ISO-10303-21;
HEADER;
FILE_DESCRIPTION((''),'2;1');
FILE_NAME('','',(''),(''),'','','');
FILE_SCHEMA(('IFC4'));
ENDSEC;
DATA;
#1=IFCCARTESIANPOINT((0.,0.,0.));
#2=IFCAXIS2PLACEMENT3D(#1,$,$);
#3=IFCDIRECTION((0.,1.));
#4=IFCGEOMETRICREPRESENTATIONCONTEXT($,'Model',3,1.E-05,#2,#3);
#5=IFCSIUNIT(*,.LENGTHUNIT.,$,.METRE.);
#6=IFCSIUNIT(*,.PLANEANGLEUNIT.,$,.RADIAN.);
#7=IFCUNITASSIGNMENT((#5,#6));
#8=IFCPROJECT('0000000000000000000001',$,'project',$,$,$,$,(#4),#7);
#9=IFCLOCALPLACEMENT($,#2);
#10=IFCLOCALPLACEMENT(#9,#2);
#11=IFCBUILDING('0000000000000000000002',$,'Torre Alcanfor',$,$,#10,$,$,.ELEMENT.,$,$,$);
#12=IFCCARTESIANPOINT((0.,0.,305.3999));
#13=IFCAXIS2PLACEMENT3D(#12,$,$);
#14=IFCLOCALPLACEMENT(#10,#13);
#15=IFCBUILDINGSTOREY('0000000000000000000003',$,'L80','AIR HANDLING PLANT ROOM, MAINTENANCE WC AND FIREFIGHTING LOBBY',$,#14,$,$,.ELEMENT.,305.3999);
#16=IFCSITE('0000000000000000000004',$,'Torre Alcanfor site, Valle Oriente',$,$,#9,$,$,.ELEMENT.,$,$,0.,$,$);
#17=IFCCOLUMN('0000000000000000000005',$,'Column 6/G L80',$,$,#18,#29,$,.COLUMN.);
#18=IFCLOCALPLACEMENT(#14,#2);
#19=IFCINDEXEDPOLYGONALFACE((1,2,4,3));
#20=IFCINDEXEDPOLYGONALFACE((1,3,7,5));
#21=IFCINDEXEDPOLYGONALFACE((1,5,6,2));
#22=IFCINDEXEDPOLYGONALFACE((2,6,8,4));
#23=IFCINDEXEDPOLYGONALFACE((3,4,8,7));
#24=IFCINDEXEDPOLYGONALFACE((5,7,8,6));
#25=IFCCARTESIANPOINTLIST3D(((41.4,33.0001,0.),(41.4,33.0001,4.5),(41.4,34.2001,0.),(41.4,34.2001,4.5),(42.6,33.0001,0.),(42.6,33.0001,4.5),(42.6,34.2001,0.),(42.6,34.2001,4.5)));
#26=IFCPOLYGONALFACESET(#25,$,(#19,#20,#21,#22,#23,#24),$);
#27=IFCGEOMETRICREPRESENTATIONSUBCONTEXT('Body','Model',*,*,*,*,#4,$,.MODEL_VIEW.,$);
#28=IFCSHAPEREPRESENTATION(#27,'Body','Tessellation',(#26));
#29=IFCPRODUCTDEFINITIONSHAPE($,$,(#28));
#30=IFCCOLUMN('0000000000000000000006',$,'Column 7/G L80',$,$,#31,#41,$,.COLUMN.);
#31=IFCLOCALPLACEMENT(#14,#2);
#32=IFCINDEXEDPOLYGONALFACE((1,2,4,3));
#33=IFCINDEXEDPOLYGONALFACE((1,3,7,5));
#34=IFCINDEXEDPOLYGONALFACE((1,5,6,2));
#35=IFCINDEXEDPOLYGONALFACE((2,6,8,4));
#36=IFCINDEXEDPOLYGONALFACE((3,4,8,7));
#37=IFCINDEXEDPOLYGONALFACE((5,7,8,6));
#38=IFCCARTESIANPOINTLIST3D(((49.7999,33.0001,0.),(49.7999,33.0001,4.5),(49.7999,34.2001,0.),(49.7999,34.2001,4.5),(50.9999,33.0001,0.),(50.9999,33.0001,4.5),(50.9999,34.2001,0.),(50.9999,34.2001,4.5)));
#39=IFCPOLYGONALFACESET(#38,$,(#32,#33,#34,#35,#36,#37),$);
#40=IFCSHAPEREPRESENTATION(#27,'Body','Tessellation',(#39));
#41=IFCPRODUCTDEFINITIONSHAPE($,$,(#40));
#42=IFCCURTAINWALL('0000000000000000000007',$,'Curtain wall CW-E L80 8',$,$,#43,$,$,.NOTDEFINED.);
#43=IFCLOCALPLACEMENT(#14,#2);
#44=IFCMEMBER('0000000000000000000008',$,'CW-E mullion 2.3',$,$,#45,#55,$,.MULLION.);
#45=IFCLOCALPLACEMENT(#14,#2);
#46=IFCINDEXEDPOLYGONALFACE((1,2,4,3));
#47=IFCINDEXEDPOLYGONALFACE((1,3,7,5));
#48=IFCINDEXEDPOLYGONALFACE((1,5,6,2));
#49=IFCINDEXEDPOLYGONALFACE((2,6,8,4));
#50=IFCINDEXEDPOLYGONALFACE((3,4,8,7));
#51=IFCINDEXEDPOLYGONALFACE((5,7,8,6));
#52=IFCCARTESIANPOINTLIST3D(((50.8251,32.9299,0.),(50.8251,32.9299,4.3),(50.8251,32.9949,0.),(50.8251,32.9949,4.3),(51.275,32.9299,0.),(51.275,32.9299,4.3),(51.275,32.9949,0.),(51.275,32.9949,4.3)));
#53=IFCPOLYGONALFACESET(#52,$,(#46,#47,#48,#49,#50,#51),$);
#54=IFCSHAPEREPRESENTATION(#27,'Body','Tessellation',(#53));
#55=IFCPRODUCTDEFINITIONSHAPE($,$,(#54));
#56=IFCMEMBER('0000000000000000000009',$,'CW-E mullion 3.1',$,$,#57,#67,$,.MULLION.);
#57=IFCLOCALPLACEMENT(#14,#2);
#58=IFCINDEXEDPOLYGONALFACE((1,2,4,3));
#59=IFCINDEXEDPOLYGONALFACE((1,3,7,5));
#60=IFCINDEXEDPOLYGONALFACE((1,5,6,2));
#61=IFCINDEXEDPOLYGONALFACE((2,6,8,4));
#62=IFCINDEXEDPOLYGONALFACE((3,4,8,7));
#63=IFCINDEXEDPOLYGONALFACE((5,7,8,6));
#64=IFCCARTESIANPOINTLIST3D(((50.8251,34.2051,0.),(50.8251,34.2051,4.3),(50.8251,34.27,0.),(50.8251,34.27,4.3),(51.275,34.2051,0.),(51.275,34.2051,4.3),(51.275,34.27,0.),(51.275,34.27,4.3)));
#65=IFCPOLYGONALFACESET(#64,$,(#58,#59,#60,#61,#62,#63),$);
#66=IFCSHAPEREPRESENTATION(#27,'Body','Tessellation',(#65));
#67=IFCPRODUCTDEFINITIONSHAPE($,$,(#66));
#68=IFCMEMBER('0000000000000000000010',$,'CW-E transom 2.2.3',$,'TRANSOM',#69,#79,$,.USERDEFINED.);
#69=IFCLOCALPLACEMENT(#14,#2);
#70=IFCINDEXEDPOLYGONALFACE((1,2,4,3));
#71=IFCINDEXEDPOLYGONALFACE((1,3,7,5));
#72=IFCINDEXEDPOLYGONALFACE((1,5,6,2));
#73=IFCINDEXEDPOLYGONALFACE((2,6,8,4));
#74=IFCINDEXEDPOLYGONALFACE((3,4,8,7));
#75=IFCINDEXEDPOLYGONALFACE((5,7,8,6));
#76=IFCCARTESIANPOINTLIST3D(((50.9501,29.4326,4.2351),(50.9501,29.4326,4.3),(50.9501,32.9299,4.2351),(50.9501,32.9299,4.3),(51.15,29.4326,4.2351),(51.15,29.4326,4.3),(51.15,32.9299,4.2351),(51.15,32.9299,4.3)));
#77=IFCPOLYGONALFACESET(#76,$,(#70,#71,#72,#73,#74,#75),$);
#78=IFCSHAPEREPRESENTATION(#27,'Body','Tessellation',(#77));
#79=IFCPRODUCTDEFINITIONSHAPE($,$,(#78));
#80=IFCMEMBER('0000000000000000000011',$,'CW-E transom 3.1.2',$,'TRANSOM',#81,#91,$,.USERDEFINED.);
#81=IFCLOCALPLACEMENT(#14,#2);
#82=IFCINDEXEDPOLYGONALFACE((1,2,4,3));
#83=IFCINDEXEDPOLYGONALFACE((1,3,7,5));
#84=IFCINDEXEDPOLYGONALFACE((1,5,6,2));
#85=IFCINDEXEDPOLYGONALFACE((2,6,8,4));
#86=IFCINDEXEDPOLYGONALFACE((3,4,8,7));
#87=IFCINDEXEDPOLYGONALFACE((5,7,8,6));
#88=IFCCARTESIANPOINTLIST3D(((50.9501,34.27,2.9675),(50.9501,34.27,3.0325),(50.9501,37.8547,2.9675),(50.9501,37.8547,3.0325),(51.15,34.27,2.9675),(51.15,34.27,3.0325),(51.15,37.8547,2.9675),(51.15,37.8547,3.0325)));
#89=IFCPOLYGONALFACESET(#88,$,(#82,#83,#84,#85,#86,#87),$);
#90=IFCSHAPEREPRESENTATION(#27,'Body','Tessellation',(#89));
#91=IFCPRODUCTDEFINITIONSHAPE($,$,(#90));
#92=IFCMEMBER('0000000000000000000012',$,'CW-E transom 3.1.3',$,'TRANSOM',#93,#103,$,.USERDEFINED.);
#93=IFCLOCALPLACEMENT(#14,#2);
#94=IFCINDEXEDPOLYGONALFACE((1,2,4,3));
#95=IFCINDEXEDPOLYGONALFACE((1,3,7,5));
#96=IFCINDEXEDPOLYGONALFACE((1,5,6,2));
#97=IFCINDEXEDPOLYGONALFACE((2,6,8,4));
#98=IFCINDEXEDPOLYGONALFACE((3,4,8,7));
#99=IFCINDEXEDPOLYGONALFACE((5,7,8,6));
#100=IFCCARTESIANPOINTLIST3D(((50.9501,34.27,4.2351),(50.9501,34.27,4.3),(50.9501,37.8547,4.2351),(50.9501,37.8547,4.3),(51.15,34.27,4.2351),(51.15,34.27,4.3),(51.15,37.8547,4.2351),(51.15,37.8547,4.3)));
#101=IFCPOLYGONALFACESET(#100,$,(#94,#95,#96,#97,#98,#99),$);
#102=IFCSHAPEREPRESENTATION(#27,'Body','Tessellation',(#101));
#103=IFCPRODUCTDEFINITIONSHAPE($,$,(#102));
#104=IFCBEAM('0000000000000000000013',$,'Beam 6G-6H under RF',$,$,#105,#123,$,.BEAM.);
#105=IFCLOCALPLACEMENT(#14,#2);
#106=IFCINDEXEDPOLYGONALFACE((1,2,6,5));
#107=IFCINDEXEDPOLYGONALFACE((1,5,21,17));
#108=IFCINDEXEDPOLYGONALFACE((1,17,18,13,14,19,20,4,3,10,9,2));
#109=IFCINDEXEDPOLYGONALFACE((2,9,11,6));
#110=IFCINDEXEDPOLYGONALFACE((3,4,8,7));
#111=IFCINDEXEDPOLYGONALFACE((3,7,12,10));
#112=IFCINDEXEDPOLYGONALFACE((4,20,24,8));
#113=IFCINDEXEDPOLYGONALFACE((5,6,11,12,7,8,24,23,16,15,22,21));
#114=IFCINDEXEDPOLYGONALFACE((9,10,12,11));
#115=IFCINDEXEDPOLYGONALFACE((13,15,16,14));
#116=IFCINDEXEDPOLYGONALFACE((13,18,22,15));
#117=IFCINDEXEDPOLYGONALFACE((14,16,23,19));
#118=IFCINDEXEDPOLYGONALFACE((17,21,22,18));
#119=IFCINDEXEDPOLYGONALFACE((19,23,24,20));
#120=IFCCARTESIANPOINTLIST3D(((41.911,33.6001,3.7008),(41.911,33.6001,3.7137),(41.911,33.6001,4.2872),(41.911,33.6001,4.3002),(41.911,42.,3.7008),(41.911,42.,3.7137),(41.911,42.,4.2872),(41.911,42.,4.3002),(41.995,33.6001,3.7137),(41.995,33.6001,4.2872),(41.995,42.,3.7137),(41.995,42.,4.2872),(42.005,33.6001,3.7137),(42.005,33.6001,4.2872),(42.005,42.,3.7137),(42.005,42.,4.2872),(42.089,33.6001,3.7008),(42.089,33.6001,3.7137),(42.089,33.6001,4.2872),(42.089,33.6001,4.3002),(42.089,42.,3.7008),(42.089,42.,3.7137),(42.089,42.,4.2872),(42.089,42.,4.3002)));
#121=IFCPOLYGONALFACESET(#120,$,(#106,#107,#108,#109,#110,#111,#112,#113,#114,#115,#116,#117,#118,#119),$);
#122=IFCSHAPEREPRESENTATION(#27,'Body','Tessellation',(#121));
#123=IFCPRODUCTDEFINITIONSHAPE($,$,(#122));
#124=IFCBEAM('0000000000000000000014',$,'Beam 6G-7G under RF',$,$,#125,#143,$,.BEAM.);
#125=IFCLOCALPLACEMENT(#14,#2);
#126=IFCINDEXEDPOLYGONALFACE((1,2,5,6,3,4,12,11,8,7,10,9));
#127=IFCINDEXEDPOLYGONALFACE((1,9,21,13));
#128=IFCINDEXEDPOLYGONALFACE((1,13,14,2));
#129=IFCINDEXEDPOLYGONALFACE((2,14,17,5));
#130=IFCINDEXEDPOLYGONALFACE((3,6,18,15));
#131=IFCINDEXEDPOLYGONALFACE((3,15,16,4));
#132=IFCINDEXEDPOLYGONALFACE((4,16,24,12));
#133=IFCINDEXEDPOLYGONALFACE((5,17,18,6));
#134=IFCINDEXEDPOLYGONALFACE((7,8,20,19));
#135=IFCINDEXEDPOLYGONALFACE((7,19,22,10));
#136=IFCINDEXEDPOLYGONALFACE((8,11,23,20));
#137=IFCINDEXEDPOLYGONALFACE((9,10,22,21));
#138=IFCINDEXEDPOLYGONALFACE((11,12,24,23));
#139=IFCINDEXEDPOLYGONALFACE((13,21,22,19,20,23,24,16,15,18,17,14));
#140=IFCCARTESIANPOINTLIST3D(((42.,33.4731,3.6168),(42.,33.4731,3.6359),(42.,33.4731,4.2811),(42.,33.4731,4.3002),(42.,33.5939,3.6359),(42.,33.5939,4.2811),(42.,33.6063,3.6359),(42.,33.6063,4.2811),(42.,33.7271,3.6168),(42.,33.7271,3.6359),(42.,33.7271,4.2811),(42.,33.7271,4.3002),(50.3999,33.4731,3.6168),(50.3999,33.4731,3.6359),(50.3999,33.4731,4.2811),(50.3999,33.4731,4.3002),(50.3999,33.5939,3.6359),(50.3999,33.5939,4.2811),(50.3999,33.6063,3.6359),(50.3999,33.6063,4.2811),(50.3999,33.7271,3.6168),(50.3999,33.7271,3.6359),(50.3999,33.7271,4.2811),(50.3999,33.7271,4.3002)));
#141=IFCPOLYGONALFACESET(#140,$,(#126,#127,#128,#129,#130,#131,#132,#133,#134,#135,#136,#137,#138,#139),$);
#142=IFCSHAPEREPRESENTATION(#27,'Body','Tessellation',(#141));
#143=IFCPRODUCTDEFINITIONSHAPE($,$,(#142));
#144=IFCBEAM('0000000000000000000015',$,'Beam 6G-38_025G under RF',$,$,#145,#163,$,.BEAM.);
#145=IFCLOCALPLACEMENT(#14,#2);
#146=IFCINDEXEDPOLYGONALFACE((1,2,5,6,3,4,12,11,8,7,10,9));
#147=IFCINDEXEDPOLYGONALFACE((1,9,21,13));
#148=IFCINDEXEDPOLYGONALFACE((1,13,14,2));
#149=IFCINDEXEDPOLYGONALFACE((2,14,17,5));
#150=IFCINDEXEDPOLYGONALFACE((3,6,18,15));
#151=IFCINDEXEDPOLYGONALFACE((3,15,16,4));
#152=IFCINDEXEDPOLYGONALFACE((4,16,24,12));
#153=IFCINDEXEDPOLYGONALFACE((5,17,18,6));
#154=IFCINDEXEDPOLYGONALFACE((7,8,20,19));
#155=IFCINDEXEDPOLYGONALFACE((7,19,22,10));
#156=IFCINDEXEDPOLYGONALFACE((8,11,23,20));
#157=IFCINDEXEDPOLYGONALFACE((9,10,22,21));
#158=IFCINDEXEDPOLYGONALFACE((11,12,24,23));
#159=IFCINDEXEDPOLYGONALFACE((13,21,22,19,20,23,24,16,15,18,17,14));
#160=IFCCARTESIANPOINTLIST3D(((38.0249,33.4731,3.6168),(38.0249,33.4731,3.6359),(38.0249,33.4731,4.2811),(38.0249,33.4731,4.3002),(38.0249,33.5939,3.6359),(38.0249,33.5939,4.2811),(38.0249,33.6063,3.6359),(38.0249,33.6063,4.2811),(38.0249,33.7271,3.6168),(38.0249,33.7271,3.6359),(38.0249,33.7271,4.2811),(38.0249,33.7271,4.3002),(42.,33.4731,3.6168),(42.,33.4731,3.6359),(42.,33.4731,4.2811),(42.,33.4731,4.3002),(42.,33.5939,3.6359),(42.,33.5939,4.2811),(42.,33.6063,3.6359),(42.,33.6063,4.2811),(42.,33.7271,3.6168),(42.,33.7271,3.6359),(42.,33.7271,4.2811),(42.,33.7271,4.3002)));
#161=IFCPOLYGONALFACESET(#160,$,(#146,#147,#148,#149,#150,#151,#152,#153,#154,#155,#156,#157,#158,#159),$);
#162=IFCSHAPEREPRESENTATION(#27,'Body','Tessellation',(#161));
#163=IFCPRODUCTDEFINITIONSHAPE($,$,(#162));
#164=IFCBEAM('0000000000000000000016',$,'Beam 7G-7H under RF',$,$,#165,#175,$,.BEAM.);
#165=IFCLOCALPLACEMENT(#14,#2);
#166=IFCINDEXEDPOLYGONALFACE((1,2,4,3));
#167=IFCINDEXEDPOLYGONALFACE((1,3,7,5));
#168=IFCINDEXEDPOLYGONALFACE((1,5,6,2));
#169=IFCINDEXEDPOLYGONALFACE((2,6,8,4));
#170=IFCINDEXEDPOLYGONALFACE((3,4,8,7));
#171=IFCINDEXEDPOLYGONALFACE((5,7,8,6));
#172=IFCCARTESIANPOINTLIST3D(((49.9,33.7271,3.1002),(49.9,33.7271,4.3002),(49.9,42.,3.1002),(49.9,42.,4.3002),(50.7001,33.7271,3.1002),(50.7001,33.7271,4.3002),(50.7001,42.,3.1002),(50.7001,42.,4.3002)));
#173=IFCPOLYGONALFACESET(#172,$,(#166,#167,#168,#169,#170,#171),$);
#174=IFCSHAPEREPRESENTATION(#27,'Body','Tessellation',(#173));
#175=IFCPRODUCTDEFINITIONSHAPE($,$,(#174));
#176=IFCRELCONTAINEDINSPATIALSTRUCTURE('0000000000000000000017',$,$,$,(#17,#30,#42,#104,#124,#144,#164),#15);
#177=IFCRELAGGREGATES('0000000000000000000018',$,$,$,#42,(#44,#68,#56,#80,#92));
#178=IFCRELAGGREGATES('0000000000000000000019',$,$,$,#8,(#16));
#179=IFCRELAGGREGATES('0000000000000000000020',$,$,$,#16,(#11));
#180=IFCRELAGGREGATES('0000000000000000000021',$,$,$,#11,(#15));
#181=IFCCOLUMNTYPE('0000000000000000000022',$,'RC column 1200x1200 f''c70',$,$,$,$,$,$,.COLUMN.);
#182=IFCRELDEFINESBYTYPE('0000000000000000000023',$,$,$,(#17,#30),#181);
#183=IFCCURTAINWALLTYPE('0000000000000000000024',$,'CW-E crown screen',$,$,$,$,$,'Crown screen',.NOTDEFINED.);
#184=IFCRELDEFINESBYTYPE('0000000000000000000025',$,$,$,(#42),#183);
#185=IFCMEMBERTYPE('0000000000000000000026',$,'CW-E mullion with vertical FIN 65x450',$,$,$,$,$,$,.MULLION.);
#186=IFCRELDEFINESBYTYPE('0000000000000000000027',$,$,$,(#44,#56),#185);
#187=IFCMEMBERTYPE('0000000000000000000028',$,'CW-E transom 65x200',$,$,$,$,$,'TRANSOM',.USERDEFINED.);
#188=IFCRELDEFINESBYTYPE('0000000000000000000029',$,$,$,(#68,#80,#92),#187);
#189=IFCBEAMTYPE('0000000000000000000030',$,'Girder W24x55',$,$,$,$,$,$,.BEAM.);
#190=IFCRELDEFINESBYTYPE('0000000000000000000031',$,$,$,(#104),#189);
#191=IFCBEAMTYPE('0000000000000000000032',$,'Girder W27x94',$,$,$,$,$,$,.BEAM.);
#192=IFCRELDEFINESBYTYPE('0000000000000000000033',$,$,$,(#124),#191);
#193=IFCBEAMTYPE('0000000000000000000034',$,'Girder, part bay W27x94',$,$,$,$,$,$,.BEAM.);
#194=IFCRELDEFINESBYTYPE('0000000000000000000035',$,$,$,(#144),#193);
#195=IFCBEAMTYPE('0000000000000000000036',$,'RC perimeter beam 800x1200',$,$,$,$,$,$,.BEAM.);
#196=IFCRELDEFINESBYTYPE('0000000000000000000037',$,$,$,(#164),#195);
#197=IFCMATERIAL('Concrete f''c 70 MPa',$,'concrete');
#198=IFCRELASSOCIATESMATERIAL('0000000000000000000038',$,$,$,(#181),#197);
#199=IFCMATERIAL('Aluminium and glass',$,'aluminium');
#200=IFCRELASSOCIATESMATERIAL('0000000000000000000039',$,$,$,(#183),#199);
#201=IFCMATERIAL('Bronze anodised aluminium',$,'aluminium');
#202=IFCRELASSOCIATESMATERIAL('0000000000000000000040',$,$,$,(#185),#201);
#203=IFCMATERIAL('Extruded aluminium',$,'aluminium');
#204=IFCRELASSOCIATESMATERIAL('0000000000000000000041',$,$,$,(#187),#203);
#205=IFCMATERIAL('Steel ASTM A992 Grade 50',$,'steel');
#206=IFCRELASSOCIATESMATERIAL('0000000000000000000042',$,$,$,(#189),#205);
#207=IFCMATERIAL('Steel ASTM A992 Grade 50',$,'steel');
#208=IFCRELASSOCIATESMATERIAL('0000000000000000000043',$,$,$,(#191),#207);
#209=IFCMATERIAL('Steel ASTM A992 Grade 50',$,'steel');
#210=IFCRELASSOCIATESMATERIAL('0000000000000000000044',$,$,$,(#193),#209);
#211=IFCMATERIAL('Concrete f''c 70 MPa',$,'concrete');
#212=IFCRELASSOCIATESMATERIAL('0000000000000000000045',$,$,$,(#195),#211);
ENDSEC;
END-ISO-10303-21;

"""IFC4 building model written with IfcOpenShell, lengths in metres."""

from ifc_helpers import new_model, si_unit, direction, frame, origin, origin_2d, place, context, subcontext, project, spatial, rectangle, i_section, extrude, material, material_profile, profile_set, type_object, element, aggregate, save


model = new_model("IFC4")

# Units and contexts
model_context = context("Model", 3, precision=1e-05, world=origin(), true_north=direction((0.0, 1.0)))
body_context = subcontext(model_context, "Body", "Model", "MODEL_VIEW")
ifc_project = project(units=[si_unit("LENGTHUNIT", "METRE"), si_unit("PLANEANGLEUNIT", "RADIAN")], contexts=[model_context])

# Site, building, storey
site_placement = place(None, origin())
site = spatial("IfcSite", under=ifc_project, at=site_placement, Name="Torre Alcanfor site, Valle Oriente", CompositionType="ELEMENT", RefElevation=0.0)
building_placement = place(site_placement, origin())
building = spatial("IfcBuilding", under=site, at=building_placement, Name="Torre Alcanfor", CompositionType="ELEMENT")
storey_placement = place(building_placement, frame((0.0, 0.0, 305.3999)))
storey = spatial("IfcBuildingStorey", under=building, at=storey_placement, Name="L80", Description="AIR HANDLING PLANT ROOM, MAINTENANCE WC AND FIREFIGHTING LOBBY", CompositionType="ELEMENT", Elevation=305.3999)

# Columns
ifc_material_1 = material(Name="Concrete f'c 70 MPa", Category="concrete")
ifc_material_profile_1 = material_profile(ifc_material_1, rectangle(XDim=1.2, YDim=1.2, at=origin_2d()), Name="1200x1200")
ifc_profile_set_1 = profile_set([ifc_material_profile_1], Name="Concrete f'c 70 MPa")
column_type = type_object("IfcColumnType", Name="RC column 1200x1200 f'c70", PredefinedType="COLUMN", material=ifc_profile_set_1)
for number, where, z_axis, x_axis, name in (
    (1, (42.0, 33.6001, 0.0), (0.0, 0.0, 1.0), (1.0, 0.0, 0.0), "Column 6/G L80"),
    (2, (50.3999, 33.6001, 0.0), (0.0, 0.0, 1.0), (1.0, 0.0, 0.0), "Column 7/G L80"),
):
    element("IfcColumn", number, at=place(storey_placement, frame(where, z_axis=z_axis, x_axis=x_axis)), inside=storey, type_object=column_type, Name=name, PredefinedType="COLUMN", context=body_context, shape_type="SweptSolid", body=[
        extrude(rectangle(XDim=1.2, YDim=1.2, at=origin_2d()), origin(), (0.0, 0.0, 1.0), 4.5),
    ])

# Curtain wall, members
ifc_material_2 = material(Name="Aluminium and glass", Category="aluminium")
curtain_wall_type = type_object("IfcCurtainWallType", Name="CW-E crown screen", ElementType="Crown screen", PredefinedType="NOTDEFINED", material=ifc_material_2)
curtain_wall_placement = place(storey_placement, origin())
curtain_wall = element("IfcCurtainWall", 3, at=curtain_wall_placement, inside=storey, type_object=curtain_wall_type, Name="Curtain wall CW-E L80 8", PredefinedType="NOTDEFINED")
ifc_material_3 = material(Name="Bronze anodised aluminium", Category="aluminium")
ifc_material_profile_2 = material_profile(ifc_material_3, rectangle(XDim=0.45, YDim=0.0649, at=origin_2d()), Name="CW-E mullion 65x450")
ifc_profile_set_2 = profile_set([ifc_material_profile_2], Name="Bronze anodised aluminium")
member_type_1 = type_object("IfcMemberType", Name="CW-E mullion with vertical FIN 65x450", PredefinedType="MULLION", material=ifc_profile_set_2)
member_1_placement = place(storey_placement, frame((51.05, 32.9624, 0.0), z_axis=(0.0, 0.0, 1.0), x_axis=(-1.0, 0.0, 0.0)))
member_1 = element("IfcMember", 4, at=member_1_placement, type_object=member_type_1, Name="CW-E mullion 2.3", PredefinedType="MULLION", context=body_context, shape_type="SweptSolid", body=[
    extrude(rectangle(XDim=0.45, YDim=0.0649, at=origin_2d()), origin(), (0.0, 0.0, 1.0), 4.3),
])
member_2_placement = place(storey_placement, frame((51.05, 34.2375, 0.0), z_axis=(0.0, 0.0, 1.0), x_axis=(-1.0, 0.0, 0.0)))
member_2 = element("IfcMember", 5, at=member_2_placement, type_object=member_type_1, Name="CW-E mullion 3.1", PredefinedType="MULLION", context=body_context, shape_type="SweptSolid", body=[
    extrude(rectangle(XDim=0.45, YDim=0.0649, at=origin_2d()), origin(), (0.0, 0.0, 1.0), 4.3),
])
ifc_material_4 = material(Name="Extruded aluminium", Category="aluminium")
ifc_material_profile_3 = material_profile(ifc_material_4, rectangle(XDim=0.2, YDim=0.0649, at=origin_2d()), Name="CW-E transom 200x65")
ifc_profile_set_3 = profile_set([ifc_material_profile_3], Name="Extruded aluminium")
member_type_2 = type_object("IfcMemberType", Name="CW-E transom 65x200", ElementType="TRANSOM", PredefinedType="USERDEFINED", material=ifc_profile_set_3)
member_3_placement = place(storey_placement, frame((51.05, 29.4326, 4.2676), z_axis=(0.0, 1.0, 0.0), x_axis=(-1.0, 0.0, 0.0)))
member_3 = element("IfcMember", 6, at=member_3_placement, type_object=member_type_2, Name="CW-E transom 2.2.3", ObjectType="TRANSOM", PredefinedType="USERDEFINED", context=body_context, shape_type="SweptSolid", body=[
    extrude(rectangle(XDim=0.2, YDim=0.0649, at=origin_2d()), origin(), (0.0, 0.0, 1.0), 3.4973),
])
member_4_placement = place(storey_placement, frame((51.05, 34.27, 3.0), z_axis=(0.0, 1.0, 0.0), x_axis=(-1.0, 0.0, 0.0)))
member_4 = element("IfcMember", 7, at=member_4_placement, type_object=member_type_2, Name="CW-E transom 3.1.2", ObjectType="TRANSOM", PredefinedType="USERDEFINED", context=body_context, shape_type="SweptSolid", body=[
    extrude(rectangle(XDim=0.2, YDim=0.0649, at=origin_2d()), origin(), (0.0, 0.0, 1.0), 3.5847),
])
member_5_placement = place(storey_placement, frame((51.05, 34.27, 4.2676), z_axis=(0.0, 1.0, 0.0), x_axis=(-1.0, 0.0, 0.0)))
member_5 = element("IfcMember", 8, at=member_5_placement, type_object=member_type_2, Name="CW-E transom 3.1.3", ObjectType="TRANSOM", PredefinedType="USERDEFINED", context=body_context, shape_type="SweptSolid", body=[
    extrude(rectangle(XDim=0.2, YDim=0.0649, at=origin_2d()), origin(), (0.0, 0.0, 1.0), 3.5847),
])

# Beams
ifc_material_5 = material(Name="Steel ASTM A992 Grade 50", Category="steel")
ifc_material_profile_4 = material_profile(ifc_material_5, i_section(OverallWidth=0.178, OverallDepth=0.5994, WebThickness=0.01, FlangeThickness=0.0129, at=origin_2d()), Name="W24x55")
ifc_profile_set_4 = profile_set([ifc_material_profile_4], Name="Steel ASTM A992 Grade 50")
beam_type_1 = type_object("IfcBeamType", Name="Girder W24x55", PredefinedType="BEAM", material=ifc_profile_set_4)
beam_1_placement = place(storey_placement, frame((42.0, 33.6001, 4.0005), z_axis=(0.0, 1.0, 0.0), x_axis=(-1.0, 0.0, 0.0)))
element("IfcBeam", 9, at=beam_1_placement, inside=storey, type_object=beam_type_1, Name="Beam 6G-6H under RF", PredefinedType="BEAM", context=body_context, shape_type="SweptSolid", body=[
    extrude(i_section(OverallWidth=0.178, OverallDepth=0.5994, WebThickness=0.01, FlangeThickness=0.0129, at=origin_2d()), origin(), (0.0, 0.0, 1.0), 8.3999),
])
ifc_material_6 = material(Name="Steel ASTM A992 Grade 50", Category="steel")
ifc_material_profile_5 = material_profile(ifc_material_6, i_section(OverallWidth=0.2539, OverallDepth=0.6833, WebThickness=0.0125, FlangeThickness=0.019, at=origin_2d()), Name="W27x94")
ifc_profile_set_5 = profile_set([ifc_material_profile_5], Name="Steel ASTM A992 Grade 50")
beam_type_2 = type_object("IfcBeamType", Name="Girder W27x94", PredefinedType="BEAM", material=ifc_profile_set_5)
beam_2_placement = place(storey_placement, frame((42.0, 33.6001, 3.9585), z_axis=(1.0, 0.0, 0.0), x_axis=(0.0, 1.0, 0.0)))
element("IfcBeam", 10, at=beam_2_placement, inside=storey, type_object=beam_type_2, Name="Beam 6G-7G under RF", PredefinedType="BEAM", context=body_context, shape_type="SweptSolid", body=[
    extrude(i_section(OverallWidth=0.2539, OverallDepth=0.6833, WebThickness=0.0125, FlangeThickness=0.019, at=origin_2d()), origin(), (0.0, 0.0, 1.0), 8.3999),
])
ifc_material_7 = material(Name="Steel ASTM A992 Grade 50", Category="steel")
ifc_material_profile_6 = material_profile(ifc_material_7, i_section(OverallWidth=0.2539, OverallDepth=0.6833, WebThickness=0.0125, FlangeThickness=0.019, at=origin_2d()), Name="W27x94")
ifc_profile_set_6 = profile_set([ifc_material_profile_6], Name="Steel ASTM A992 Grade 50")
beam_type_3 = type_object("IfcBeamType", Name="Girder, part bay W27x94", PredefinedType="BEAM", material=ifc_profile_set_6)
beam_3_placement = place(storey_placement, frame((42.0, 33.6001, 3.9585), z_axis=(-1.0, 0.0, 0.0), x_axis=(0.0, -1.0, 0.0)))
element("IfcBeam", 11, at=beam_3_placement, inside=storey, type_object=beam_type_3, Name="Beam 6G-38_025G under RF", PredefinedType="BEAM", context=body_context, shape_type="SweptSolid", body=[
    extrude(i_section(OverallWidth=0.2539, OverallDepth=0.6833, WebThickness=0.0125, FlangeThickness=0.019, at=origin_2d()), origin(), (0.0, 0.0, 1.0), 3.9751),
])
ifc_material_8 = material(Name="Concrete f'c 70 MPa", Category="concrete")
ifc_material_profile_7 = material_profile(ifc_material_8, rectangle(XDim=0.8, YDim=1.2, at=origin_2d()), Name="800x1200")
ifc_profile_set_7 = profile_set([ifc_material_profile_7], Name="Concrete f'c 70 MPa")
beam_type_4 = type_object("IfcBeamType", Name="RC perimeter beam 800x1200", PredefinedType="BEAM", material=ifc_profile_set_7)
beam_4_placement = place(storey_placement, frame((50.3, 33.7271, 3.7002), z_axis=(0.0, 1.0, 0.0), x_axis=(-1.0, 0.0, 0.0)))
element("IfcBeam", 12, at=beam_4_placement, inside=storey, type_object=beam_type_4, Name="Beam 7G-7H under RF", PredefinedType="BEAM", context=body_context, shape_type="SweptSolid", body=[
    extrude(rectangle(XDim=0.8, YDim=1.2, at=origin_2d()), origin(), (0.0, 0.0, 1.0), 8.2729),
])

aggregate(curtain_wall, [member_1, member_3, member_2, member_4, member_5])

save(model, "model.ifc")
